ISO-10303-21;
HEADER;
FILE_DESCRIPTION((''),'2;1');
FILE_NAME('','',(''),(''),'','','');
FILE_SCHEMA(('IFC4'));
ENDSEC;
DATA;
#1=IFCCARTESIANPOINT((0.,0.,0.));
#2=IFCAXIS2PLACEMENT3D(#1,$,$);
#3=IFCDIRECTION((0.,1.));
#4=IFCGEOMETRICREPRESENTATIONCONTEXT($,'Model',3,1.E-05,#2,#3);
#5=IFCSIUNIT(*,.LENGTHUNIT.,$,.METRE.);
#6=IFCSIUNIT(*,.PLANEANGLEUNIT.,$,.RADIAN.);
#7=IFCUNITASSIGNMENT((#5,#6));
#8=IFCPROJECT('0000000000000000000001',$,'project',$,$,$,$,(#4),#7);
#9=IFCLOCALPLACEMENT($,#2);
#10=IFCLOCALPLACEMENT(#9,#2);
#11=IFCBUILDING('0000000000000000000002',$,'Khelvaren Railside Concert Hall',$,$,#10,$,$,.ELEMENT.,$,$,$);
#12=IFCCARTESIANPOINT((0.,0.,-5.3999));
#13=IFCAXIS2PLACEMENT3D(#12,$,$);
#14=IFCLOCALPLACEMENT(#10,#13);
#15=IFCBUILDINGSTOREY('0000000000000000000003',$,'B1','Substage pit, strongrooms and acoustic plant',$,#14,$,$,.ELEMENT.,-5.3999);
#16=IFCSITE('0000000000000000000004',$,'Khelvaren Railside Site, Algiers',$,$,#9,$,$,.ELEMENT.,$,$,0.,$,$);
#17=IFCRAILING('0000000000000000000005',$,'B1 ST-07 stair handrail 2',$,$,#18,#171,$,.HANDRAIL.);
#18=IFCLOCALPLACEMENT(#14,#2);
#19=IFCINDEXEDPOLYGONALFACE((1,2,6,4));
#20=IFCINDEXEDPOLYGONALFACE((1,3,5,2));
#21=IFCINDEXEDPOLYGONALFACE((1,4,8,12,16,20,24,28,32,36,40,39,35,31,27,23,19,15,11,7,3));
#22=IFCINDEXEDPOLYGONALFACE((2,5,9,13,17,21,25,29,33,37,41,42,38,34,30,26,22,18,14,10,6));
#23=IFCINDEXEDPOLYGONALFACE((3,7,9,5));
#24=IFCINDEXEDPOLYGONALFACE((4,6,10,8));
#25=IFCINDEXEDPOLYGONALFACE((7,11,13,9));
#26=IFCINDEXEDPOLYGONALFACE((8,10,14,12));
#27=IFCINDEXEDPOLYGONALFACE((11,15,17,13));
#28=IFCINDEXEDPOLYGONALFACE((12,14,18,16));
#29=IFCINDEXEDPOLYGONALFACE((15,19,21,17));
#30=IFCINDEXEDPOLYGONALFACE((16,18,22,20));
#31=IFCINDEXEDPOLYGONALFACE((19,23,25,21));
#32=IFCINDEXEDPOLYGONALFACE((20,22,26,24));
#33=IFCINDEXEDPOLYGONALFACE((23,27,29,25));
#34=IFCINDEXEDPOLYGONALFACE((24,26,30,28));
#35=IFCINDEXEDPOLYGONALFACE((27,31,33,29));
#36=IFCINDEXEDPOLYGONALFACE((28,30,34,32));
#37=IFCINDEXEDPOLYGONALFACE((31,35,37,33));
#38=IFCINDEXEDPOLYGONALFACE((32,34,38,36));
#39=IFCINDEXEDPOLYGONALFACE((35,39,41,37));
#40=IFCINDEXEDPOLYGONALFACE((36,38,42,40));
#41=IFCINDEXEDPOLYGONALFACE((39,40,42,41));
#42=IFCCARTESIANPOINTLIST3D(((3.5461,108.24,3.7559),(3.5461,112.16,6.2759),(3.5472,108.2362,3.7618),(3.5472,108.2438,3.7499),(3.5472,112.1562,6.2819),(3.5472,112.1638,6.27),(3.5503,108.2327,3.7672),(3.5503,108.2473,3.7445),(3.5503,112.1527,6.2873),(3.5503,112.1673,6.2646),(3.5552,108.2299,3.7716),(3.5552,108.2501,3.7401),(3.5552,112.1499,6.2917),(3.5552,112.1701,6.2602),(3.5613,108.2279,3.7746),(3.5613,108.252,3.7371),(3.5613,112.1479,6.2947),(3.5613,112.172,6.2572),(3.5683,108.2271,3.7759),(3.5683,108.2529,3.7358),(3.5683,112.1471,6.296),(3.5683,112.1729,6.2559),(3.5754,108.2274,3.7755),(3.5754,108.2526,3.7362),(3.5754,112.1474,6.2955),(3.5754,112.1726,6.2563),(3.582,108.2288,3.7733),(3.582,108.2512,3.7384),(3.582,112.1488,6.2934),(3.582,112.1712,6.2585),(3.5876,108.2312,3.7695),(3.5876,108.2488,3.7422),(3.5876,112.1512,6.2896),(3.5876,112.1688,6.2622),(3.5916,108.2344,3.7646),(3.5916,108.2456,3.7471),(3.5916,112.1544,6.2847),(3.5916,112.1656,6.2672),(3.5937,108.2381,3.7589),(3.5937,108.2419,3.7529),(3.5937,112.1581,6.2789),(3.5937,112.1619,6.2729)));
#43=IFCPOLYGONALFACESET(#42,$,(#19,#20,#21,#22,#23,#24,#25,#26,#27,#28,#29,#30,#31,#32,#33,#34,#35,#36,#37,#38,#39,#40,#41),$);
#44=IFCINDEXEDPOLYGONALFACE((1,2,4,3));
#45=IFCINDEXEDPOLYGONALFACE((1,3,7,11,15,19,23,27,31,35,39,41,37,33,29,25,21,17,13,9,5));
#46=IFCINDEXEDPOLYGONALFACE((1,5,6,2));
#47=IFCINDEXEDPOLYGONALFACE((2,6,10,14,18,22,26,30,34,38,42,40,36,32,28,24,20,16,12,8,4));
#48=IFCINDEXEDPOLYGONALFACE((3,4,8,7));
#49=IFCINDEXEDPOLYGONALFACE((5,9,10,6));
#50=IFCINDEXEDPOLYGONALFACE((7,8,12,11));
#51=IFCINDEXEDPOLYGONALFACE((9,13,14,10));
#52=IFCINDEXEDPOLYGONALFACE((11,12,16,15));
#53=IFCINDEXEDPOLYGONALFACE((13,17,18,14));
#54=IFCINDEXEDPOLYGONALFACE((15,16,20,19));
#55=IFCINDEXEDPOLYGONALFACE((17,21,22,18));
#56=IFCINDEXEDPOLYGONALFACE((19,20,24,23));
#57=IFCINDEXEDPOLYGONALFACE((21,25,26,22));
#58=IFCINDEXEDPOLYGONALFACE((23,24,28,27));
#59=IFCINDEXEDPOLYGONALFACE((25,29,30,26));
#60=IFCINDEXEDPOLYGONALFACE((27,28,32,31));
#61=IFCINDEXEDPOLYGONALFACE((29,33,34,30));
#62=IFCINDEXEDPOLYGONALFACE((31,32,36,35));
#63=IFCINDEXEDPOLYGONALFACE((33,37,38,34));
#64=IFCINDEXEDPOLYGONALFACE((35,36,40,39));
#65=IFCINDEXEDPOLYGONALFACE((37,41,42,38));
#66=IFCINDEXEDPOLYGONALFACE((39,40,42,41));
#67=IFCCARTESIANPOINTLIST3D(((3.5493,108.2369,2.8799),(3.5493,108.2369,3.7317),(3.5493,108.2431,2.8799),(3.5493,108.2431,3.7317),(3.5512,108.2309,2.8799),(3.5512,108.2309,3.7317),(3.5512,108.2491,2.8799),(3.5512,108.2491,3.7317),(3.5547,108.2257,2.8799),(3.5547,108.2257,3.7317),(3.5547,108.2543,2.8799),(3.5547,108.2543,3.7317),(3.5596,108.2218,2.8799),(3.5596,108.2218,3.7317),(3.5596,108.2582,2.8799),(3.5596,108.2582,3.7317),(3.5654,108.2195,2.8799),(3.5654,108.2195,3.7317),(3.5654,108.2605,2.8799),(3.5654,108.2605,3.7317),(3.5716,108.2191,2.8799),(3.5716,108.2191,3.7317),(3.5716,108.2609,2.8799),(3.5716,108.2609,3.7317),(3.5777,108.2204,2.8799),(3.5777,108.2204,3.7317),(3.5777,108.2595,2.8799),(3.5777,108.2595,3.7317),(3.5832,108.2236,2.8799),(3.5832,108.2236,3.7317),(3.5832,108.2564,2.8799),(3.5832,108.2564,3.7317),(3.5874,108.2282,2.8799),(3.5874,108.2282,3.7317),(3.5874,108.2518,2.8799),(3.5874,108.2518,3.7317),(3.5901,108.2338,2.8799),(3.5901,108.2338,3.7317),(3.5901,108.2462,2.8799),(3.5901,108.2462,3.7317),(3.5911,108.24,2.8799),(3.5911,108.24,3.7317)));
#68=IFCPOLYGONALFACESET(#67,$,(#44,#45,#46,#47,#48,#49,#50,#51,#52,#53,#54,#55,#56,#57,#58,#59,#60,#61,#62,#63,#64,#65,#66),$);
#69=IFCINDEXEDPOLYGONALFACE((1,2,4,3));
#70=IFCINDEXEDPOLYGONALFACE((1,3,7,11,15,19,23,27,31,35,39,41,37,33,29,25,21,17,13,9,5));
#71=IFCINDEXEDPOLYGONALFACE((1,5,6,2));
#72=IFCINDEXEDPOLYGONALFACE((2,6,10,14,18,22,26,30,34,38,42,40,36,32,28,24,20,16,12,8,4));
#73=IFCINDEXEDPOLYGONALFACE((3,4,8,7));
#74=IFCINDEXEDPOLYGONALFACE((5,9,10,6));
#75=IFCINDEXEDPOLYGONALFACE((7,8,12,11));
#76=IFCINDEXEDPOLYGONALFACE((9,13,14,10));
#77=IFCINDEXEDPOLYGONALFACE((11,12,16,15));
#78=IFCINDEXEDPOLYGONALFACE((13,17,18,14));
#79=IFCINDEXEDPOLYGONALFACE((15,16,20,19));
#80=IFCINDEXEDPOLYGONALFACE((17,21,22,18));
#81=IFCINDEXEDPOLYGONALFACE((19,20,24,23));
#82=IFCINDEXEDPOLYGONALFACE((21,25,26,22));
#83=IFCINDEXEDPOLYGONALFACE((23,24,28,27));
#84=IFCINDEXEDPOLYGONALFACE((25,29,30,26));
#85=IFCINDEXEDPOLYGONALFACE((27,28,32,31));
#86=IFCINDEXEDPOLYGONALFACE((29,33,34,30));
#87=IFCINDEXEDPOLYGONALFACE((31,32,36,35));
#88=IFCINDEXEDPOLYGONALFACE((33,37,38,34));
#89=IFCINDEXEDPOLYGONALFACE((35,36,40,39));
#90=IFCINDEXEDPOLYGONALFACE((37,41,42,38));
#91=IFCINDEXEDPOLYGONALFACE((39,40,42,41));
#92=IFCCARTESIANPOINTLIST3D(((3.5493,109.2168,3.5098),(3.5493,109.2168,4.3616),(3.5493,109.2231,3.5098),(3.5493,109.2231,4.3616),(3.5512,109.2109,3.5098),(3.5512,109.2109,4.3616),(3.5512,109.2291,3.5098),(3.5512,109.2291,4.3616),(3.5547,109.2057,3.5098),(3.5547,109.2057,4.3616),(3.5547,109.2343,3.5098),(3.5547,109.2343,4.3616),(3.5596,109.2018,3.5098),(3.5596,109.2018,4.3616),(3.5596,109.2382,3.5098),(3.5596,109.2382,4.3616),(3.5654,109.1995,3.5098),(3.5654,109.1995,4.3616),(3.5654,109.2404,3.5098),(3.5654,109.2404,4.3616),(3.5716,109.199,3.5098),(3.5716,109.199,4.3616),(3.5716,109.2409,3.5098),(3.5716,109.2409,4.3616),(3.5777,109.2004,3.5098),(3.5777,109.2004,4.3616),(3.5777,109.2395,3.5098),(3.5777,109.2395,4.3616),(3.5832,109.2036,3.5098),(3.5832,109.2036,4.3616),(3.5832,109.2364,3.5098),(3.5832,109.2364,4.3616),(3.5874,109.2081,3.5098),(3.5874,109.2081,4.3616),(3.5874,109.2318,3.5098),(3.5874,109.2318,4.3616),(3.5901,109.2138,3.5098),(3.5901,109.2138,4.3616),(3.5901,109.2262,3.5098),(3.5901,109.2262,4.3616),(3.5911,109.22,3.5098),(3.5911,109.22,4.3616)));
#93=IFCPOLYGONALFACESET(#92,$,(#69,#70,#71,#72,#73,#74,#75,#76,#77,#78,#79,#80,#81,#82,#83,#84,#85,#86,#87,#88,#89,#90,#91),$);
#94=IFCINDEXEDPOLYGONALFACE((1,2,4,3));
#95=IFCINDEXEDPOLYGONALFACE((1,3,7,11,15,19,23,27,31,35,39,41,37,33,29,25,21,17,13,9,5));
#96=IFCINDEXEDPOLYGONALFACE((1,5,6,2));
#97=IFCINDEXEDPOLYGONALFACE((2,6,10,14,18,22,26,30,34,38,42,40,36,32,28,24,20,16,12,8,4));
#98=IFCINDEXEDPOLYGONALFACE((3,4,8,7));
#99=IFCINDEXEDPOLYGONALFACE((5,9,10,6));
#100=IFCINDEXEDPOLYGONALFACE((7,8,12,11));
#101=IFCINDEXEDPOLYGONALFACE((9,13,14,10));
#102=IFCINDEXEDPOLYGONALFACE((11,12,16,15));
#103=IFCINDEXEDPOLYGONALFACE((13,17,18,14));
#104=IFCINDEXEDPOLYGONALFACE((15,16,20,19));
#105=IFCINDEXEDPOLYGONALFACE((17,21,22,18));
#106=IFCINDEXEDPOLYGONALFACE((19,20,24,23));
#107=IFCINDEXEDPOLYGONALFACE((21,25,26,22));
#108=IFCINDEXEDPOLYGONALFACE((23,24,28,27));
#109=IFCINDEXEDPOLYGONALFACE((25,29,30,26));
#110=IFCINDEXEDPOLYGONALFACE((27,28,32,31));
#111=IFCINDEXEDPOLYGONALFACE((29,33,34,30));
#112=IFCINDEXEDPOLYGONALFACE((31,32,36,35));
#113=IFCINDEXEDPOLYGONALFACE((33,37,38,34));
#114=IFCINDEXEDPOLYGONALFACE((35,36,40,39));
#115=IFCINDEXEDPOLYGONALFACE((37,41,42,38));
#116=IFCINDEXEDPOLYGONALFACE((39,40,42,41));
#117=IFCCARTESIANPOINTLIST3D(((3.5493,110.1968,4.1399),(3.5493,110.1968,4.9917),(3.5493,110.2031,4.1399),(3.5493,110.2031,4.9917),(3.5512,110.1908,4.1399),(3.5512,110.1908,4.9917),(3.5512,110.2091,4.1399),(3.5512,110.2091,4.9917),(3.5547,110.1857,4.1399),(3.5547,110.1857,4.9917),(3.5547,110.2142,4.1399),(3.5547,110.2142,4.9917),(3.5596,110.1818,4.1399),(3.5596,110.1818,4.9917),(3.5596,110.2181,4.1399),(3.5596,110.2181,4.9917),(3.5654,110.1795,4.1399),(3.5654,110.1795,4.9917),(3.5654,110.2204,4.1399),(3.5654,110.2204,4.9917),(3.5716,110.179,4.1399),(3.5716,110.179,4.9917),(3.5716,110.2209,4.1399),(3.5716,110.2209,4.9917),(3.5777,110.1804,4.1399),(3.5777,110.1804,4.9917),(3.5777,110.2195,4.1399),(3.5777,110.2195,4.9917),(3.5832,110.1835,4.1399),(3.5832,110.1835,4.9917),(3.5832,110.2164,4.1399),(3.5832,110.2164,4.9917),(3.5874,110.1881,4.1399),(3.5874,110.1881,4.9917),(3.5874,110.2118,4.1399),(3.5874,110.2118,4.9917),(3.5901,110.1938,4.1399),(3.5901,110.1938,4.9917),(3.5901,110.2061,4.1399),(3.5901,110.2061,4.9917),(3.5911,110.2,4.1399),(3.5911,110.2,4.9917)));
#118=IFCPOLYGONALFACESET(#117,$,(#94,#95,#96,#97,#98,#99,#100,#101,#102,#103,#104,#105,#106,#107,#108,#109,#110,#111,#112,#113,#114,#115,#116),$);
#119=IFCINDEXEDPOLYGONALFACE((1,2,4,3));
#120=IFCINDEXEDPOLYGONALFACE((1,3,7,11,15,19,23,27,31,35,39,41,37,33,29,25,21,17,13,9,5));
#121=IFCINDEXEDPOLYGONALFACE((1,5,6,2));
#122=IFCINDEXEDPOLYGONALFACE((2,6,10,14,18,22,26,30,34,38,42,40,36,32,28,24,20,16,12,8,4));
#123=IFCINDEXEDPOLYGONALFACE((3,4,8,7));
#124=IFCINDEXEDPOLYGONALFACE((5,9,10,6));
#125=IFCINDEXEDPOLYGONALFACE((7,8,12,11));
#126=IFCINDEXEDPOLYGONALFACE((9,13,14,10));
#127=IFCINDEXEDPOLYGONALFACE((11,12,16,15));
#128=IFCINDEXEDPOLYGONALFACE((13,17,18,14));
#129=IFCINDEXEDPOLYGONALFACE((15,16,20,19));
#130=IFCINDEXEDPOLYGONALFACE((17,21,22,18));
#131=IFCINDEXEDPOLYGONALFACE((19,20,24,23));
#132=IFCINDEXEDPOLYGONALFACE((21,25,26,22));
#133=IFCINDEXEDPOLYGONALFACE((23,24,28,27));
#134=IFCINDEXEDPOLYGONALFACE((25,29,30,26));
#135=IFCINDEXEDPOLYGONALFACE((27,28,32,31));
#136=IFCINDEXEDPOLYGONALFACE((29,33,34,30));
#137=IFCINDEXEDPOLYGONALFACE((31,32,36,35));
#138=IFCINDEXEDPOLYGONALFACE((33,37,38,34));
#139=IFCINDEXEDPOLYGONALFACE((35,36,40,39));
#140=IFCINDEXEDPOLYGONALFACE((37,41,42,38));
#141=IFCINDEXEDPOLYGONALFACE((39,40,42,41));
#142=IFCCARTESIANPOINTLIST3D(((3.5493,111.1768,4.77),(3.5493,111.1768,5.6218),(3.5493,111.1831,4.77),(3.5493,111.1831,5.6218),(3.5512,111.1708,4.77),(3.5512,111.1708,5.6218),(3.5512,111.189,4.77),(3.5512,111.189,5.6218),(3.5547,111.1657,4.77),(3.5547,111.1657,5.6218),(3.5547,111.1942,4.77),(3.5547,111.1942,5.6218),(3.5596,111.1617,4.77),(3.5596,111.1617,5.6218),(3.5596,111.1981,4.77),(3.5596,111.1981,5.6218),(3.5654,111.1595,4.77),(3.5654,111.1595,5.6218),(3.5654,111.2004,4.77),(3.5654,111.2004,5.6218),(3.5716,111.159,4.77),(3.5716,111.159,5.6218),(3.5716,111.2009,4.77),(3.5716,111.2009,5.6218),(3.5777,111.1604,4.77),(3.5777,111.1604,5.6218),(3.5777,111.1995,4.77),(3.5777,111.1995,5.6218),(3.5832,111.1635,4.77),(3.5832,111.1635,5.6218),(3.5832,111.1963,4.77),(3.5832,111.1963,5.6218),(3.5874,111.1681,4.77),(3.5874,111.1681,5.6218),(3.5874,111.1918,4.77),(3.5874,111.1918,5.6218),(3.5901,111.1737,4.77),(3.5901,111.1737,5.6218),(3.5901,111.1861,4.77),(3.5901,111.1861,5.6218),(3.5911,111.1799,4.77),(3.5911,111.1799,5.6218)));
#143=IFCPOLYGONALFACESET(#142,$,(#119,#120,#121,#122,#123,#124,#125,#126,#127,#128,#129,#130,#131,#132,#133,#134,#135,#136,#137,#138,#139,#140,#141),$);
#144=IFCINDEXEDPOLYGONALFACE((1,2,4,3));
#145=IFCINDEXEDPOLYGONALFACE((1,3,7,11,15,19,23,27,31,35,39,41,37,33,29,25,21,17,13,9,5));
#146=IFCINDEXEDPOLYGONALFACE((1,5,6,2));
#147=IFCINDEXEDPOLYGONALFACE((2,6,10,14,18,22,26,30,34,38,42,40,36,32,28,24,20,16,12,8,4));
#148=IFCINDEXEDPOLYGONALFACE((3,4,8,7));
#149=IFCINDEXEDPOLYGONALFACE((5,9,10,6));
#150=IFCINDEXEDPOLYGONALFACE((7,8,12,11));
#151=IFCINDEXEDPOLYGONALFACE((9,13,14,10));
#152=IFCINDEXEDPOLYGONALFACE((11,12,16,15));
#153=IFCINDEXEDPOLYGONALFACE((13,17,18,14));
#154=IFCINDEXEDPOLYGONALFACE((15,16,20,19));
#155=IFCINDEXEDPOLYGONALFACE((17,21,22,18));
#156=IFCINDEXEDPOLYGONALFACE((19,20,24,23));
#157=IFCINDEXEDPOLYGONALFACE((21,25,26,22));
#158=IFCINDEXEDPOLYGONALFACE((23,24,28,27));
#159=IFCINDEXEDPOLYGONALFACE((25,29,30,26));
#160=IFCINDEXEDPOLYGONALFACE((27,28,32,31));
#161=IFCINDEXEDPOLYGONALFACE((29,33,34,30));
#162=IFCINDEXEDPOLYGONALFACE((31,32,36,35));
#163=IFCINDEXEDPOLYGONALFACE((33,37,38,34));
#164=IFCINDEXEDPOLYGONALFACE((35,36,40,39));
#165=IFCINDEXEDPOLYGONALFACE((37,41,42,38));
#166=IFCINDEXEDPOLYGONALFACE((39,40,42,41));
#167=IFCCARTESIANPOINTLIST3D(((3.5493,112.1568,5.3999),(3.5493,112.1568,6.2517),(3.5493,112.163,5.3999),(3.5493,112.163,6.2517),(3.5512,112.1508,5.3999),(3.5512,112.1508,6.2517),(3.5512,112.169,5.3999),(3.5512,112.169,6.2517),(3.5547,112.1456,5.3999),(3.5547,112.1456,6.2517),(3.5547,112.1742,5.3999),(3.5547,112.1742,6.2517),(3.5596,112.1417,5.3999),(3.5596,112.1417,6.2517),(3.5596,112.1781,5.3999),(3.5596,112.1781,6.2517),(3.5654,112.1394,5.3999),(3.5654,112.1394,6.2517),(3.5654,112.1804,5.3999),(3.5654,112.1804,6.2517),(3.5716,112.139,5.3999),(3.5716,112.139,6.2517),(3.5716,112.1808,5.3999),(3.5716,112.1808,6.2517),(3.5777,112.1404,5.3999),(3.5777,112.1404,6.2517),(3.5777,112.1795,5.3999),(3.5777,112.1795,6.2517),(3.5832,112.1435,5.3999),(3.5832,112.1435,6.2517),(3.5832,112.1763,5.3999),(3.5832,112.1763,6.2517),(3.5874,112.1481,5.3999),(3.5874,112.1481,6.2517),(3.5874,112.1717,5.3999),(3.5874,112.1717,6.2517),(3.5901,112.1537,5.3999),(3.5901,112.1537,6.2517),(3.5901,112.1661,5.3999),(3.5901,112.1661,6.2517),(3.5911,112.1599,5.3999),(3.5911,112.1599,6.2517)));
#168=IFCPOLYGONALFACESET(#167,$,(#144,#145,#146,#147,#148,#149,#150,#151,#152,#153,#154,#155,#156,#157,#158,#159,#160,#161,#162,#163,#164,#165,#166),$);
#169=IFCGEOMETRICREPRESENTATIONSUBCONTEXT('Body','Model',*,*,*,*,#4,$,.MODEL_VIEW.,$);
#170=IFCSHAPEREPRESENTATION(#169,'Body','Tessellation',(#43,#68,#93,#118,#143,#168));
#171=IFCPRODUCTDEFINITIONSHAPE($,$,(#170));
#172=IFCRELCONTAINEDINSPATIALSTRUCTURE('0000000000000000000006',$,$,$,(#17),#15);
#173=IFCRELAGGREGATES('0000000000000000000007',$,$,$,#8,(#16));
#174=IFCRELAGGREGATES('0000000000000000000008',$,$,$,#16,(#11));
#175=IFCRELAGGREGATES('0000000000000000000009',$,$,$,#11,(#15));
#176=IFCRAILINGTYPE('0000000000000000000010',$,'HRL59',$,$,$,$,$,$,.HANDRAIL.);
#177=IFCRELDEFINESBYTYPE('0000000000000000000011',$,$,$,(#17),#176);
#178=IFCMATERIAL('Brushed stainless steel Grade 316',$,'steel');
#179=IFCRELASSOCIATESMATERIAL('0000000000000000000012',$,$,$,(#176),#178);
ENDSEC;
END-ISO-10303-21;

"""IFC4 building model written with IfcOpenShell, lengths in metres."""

from ifc_helpers import new_model, si_unit, direction, frame, origin, origin_2d, place, context, subcontext, project, spatial, circle, extrude, material, type_object, element, save


model = new_model("IFC4")

# Units and contexts
model_context = context("Model", 3, precision=1e-05, world=origin(), true_north=direction((0.0, 1.0)))
body_context = subcontext(model_context, "Body", "Model", "MODEL_VIEW")
ifc_project = project(units=[si_unit("LENGTHUNIT", "METRE"), si_unit("PLANEANGLEUNIT", "RADIAN")], contexts=[model_context])

# Site, building, storey
site_placement = place(None, origin())
site = spatial("IfcSite", under=ifc_project, at=site_placement, Name="Khelvaren Railside Site, Algiers", CompositionType="ELEMENT", RefElevation=0.0)
building_placement = place(site_placement, origin())
building = spatial("IfcBuilding", under=site, at=building_placement, Name="Khelvaren Railside Concert Hall", CompositionType="ELEMENT")
storey_placement = place(building_placement, frame((0.0, 0.0, -5.3999)))
storey = spatial("IfcBuildingStorey", under=building, at=storey_placement, Name="B1", Description="Substage pit, strongrooms and acoustic plant", CompositionType="ELEMENT", Elevation=-5.3999)

# Railing
ifc_material_1 = material(Name="Brushed stainless steel Grade 316", Category="steel")
railing_type_1 = type_object("IfcRailingType", Name="HRL59", PredefinedType="HANDRAIL", material=ifc_material_1)
railing_1_placement = place(storey_placement, frame((3.5701, 108.24, 2.8799)))
element("IfcRailing", 1, at=railing_1_placement, inside=storey, type_object=railing_type_1, Name="B1 ST-07 stair handrail 2", PredefinedType="HANDRAIL", context=body_context, shape_type="SweptSolid", body=[
    extrude(circle(Radius=0.0239, at=origin_2d()), frame((0.0, 0.0, 0.876), z_axis=(0.0, 0.841172, 0.540768), x_axis=(-1.0, 0.0, 0.0)), (0.0, 0.0, 1.0), 4.6602),
    extrude(circle(Radius=0.021, at=origin_2d()), origin(), (0.0, 0.0, 1.0), 0.8518),
    extrude(circle(Radius=0.021, at=origin_2d()), frame((0.0, 0.98, 0.6299)), (0.0, 0.0, 1.0), 0.8518),
    extrude(circle(Radius=0.021, at=origin_2d()), frame((0.0, 1.96, 1.26)), (0.0, 0.0, 1.0), 0.8518),
    extrude(circle(Radius=0.021, at=origin_2d()), frame((0.0, 2.9399, 1.8901)), (0.0, 0.0, 1.0), 0.8518),
    extrude(circle(Radius=0.021, at=origin_2d()), frame((0.0, 3.9199, 2.52)), (0.0, 0.0, 1.0), 0.8518),
])

save(model, "model.ifc")
